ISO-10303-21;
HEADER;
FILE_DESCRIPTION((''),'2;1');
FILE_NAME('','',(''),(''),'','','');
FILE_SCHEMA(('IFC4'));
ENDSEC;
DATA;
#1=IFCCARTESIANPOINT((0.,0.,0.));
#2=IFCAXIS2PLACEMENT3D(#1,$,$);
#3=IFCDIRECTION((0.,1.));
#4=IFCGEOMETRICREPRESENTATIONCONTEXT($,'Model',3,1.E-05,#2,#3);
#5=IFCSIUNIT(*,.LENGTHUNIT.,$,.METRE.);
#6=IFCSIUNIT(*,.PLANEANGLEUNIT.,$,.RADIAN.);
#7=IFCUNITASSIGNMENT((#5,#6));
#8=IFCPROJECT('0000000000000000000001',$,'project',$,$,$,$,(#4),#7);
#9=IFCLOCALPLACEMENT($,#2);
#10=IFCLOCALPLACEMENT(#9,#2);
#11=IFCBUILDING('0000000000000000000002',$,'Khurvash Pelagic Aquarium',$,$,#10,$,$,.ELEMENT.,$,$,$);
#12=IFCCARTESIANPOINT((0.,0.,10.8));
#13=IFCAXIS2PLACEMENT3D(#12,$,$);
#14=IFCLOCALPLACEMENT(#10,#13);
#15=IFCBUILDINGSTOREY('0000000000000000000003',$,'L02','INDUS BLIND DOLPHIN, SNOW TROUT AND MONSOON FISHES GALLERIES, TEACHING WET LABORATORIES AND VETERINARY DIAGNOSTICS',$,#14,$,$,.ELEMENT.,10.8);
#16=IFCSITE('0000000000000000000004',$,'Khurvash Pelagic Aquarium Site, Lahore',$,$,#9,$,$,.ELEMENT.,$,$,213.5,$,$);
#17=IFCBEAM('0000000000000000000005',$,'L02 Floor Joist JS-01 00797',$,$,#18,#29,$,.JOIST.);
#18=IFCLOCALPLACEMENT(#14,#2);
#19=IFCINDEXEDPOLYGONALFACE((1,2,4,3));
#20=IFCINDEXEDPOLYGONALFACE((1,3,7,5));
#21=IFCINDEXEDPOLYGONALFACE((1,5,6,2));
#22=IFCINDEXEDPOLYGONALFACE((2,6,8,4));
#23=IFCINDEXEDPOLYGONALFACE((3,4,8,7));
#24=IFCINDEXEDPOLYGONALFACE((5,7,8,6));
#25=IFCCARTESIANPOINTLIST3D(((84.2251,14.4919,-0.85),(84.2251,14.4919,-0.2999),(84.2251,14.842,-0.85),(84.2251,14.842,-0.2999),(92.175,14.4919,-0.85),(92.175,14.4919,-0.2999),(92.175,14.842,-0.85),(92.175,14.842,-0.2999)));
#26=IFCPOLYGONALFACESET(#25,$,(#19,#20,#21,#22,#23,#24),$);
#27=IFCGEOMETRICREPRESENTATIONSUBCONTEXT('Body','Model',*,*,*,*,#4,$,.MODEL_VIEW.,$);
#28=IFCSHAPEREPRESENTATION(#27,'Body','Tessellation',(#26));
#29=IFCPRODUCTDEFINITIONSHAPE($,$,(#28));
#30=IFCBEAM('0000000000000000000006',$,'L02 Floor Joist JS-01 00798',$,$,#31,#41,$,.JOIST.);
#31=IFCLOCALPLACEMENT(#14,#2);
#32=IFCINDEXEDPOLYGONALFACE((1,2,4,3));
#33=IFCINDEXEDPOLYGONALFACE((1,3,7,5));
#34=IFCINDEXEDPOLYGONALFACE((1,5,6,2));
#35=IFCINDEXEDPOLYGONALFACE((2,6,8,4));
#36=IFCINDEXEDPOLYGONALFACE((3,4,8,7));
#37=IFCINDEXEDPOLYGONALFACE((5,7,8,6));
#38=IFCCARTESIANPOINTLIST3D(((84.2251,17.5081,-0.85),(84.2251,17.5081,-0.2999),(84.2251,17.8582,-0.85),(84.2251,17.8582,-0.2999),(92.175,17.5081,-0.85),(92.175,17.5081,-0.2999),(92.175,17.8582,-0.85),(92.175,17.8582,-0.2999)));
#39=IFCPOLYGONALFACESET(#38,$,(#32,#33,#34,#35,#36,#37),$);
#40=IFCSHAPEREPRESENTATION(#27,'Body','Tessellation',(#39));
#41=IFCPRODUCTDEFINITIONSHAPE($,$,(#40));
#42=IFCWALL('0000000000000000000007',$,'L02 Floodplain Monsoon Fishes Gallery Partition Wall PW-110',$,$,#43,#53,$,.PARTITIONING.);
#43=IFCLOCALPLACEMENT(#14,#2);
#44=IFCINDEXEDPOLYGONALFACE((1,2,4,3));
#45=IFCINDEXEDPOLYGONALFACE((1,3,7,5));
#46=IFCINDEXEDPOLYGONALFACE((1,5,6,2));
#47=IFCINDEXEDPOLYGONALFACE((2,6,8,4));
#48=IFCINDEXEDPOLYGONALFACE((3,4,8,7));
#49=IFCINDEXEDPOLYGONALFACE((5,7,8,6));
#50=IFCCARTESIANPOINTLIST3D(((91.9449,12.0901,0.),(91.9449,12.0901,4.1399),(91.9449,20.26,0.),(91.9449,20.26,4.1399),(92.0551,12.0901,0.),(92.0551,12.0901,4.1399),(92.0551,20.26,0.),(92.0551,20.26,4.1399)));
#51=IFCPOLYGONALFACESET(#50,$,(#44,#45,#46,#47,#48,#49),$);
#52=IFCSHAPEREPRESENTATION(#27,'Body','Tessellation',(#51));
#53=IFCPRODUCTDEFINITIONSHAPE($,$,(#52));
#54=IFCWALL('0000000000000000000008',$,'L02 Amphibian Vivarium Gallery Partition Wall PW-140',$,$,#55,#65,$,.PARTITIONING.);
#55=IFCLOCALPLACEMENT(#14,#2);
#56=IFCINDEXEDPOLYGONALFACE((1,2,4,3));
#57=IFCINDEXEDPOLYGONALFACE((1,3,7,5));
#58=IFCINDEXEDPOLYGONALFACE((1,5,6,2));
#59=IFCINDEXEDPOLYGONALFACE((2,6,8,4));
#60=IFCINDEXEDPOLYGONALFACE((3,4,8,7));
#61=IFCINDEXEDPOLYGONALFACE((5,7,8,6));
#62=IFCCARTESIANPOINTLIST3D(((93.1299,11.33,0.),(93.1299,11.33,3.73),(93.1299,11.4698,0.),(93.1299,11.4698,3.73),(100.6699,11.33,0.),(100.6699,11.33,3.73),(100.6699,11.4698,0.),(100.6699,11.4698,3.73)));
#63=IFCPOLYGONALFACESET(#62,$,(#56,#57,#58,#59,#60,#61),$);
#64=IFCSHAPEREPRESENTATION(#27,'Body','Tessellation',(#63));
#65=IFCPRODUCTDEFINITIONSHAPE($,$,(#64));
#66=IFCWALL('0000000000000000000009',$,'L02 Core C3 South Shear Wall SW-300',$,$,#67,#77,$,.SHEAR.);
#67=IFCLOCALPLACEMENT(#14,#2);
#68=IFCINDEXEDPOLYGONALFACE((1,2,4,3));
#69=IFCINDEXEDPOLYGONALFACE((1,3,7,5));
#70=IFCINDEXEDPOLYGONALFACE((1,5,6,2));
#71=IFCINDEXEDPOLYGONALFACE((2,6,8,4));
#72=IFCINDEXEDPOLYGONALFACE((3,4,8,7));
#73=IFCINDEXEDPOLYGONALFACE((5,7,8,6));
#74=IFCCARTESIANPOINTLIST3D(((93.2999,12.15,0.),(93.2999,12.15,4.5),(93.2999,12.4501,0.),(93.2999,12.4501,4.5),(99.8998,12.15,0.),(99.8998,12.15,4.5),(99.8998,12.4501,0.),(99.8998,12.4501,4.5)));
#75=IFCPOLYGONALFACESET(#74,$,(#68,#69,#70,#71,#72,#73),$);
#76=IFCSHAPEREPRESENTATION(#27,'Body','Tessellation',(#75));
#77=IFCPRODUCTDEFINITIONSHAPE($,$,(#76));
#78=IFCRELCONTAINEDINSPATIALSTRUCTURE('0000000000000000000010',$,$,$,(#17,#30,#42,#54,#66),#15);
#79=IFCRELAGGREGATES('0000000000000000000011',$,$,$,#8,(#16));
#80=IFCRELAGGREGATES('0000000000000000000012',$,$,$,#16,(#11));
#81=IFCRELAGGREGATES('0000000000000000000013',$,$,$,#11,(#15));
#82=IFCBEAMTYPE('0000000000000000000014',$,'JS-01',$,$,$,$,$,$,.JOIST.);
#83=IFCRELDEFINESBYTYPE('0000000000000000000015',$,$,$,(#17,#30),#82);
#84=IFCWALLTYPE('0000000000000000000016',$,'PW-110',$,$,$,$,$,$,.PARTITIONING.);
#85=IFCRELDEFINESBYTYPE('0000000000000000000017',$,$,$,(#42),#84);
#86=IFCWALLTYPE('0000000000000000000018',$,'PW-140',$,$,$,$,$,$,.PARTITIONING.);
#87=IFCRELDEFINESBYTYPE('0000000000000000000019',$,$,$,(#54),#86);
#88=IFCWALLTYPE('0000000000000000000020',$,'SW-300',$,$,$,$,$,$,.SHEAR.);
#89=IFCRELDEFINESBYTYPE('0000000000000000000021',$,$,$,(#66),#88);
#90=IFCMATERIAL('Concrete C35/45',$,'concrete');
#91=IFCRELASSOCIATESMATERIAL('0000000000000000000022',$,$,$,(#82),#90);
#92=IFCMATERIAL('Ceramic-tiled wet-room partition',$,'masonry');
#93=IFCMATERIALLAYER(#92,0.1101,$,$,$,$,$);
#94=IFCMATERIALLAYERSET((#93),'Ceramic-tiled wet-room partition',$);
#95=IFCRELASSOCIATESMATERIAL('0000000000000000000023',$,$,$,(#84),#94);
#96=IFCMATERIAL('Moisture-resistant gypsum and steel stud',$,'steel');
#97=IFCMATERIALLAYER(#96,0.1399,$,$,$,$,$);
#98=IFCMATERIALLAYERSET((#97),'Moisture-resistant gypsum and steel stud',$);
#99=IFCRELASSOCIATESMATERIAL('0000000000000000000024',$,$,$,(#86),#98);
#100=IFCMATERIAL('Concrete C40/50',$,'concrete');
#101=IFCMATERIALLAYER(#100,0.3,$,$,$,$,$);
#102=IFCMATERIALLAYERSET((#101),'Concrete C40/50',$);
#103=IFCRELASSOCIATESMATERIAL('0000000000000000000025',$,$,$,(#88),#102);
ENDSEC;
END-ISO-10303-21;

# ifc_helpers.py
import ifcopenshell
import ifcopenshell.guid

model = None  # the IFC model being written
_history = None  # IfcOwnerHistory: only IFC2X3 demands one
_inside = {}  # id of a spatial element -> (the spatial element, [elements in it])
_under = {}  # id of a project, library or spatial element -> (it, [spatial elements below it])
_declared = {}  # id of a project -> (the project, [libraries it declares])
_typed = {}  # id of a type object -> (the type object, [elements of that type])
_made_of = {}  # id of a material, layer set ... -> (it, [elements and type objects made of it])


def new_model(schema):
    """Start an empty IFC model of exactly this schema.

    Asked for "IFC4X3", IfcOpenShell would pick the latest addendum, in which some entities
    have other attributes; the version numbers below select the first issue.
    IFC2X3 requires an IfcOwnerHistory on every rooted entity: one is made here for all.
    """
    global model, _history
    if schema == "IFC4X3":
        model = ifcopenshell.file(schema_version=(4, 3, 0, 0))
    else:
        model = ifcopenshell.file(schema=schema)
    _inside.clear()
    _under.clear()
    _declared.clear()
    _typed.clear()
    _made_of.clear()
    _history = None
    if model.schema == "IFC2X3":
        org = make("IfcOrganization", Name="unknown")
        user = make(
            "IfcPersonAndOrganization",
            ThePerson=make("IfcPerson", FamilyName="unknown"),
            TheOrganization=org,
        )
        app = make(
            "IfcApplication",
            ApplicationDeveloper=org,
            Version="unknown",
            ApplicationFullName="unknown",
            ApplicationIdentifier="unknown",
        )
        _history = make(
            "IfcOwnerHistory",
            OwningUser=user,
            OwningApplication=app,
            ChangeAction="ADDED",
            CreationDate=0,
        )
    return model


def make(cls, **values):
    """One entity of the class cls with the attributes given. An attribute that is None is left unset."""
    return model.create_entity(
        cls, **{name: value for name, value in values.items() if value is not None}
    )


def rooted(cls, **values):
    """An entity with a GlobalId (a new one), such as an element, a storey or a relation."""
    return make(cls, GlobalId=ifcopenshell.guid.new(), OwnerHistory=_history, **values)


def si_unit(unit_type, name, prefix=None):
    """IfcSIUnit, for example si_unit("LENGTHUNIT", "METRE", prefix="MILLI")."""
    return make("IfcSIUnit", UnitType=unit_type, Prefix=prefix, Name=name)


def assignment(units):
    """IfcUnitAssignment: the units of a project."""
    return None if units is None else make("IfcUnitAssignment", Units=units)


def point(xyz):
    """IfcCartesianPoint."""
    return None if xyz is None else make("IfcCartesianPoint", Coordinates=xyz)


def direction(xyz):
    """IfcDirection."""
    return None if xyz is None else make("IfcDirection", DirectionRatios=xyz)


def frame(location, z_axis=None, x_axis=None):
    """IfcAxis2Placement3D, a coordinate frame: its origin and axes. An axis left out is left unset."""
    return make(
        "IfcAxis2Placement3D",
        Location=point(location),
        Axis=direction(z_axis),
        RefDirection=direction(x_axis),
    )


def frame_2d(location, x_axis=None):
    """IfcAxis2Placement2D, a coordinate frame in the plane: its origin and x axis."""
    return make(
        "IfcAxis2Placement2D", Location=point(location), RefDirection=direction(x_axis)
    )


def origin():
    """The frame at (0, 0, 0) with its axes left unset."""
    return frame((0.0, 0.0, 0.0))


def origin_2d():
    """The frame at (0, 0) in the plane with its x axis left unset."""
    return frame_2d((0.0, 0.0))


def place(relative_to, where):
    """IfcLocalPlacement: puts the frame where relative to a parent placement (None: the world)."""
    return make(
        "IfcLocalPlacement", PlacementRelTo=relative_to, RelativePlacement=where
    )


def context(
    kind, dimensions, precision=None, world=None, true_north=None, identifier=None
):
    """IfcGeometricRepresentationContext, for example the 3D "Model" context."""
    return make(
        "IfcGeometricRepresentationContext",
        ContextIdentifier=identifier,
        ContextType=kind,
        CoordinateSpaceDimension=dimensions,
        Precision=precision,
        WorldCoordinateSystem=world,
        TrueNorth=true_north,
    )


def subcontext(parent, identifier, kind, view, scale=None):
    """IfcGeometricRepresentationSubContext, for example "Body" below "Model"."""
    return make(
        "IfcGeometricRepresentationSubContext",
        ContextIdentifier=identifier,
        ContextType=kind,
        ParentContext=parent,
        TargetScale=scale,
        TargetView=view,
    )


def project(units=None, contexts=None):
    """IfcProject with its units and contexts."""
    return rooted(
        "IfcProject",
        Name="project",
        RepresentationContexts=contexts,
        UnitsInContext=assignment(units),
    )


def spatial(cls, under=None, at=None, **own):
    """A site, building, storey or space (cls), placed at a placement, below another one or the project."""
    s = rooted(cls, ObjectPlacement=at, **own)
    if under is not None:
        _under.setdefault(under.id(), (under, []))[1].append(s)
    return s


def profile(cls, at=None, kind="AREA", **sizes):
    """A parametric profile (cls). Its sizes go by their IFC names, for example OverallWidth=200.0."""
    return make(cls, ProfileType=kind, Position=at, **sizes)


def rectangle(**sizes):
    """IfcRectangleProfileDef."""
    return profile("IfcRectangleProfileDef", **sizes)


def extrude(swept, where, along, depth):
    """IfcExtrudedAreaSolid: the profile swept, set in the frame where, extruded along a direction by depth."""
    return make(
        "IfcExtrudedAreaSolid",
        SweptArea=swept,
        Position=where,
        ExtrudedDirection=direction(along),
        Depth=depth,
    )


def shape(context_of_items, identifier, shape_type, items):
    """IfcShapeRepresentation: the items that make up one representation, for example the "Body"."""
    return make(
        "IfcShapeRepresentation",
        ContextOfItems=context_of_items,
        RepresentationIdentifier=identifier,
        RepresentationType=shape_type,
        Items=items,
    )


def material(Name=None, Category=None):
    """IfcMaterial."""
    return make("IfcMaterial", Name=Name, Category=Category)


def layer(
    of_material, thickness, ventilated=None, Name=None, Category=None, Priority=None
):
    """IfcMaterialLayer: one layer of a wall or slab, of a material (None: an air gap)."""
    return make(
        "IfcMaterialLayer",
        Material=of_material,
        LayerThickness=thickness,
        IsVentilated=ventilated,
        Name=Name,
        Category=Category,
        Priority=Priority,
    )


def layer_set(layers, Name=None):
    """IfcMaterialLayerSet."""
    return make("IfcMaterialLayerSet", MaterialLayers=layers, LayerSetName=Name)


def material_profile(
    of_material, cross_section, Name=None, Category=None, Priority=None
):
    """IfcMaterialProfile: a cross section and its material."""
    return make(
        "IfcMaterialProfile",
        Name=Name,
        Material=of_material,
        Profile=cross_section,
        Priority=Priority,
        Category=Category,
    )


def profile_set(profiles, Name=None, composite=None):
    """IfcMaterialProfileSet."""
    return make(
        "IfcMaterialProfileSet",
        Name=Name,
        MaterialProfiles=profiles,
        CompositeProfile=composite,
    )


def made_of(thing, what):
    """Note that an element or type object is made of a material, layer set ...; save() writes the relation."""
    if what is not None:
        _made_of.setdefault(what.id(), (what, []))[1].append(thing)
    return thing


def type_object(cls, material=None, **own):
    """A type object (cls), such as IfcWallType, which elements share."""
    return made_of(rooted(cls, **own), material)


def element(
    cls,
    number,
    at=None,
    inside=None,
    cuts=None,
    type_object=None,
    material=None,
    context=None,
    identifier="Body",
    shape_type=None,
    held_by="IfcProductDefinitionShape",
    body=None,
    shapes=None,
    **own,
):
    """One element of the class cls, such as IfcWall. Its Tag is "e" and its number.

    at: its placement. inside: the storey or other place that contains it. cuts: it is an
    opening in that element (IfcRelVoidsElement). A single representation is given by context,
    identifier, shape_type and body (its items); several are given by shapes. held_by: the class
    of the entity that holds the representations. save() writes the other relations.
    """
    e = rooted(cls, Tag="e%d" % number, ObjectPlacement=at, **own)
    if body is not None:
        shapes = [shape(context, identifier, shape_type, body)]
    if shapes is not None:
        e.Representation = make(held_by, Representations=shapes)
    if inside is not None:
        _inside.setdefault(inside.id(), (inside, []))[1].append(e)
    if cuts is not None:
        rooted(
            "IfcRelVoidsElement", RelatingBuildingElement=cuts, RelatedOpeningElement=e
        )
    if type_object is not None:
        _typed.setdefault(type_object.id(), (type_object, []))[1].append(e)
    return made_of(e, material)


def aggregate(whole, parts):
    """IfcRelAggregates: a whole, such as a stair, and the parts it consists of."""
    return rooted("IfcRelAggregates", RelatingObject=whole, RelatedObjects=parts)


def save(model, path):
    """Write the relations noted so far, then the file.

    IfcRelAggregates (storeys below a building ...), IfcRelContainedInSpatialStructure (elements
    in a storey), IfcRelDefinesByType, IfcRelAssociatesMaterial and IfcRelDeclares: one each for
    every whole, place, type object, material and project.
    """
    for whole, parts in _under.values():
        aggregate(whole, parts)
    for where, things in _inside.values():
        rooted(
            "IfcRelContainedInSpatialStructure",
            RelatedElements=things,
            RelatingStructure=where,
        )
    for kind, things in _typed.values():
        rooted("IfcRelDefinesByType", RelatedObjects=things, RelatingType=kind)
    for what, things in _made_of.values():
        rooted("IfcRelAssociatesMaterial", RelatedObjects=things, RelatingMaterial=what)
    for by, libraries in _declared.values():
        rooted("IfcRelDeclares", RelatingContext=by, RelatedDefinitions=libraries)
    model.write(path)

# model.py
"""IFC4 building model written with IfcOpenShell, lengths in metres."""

from ifc_helpers import new_model, si_unit, direction, frame, frame_2d, origin, origin_2d, place, context, subcontext, project, spatial, rectangle, extrude, material, layer, layer_set, material_profile, profile_set, type_object, element, save


model = new_model("IFC4")

# Units and contexts
model_context = context("Model", 3, precision=1e-05, world=origin(), true_north=direction((0.0, 1.0)))
body_context = subcontext(model_context, "Body", "Model", "MODEL_VIEW")
ifc_project = project(units=[si_unit("LENGTHUNIT", "METRE"), si_unit("PLANEANGLEUNIT", "RADIAN")], contexts=[model_context])

# Site, building, storey
site_placement = place(None, origin())
site = spatial("IfcSite", under=ifc_project, at=site_placement, Name="Khurvash Pelagic Aquarium Site, Lahore", CompositionType="ELEMENT", RefElevation=213.5)
building_placement = place(site_placement, origin())
building = spatial("IfcBuilding", under=site, at=building_placement, Name="Khurvash Pelagic Aquarium", CompositionType="ELEMENT")
storey_placement = place(building_placement, frame((0.0, 0.0, 10.8)))
storey = spatial("IfcBuildingStorey", under=building, at=storey_placement, Name="L02", Description="INDUS BLIND DOLPHIN, SNOW TROUT AND MONSOON FISHES GALLERIES, TEACHING WET LABORATORIES AND VETERINARY DIAGNOSTICS", CompositionType="ELEMENT", Elevation=10.8)

# Shared definitions
ifc_material_1 = material(Name="Concrete C40/50", Category="concrete")

# Beams
ifc_material_2 = material(Name="Concrete C35/45", Category="concrete")
ifc_material_profile_1 = material_profile(ifc_material_2, rectangle(XDim=0.3501, YDim=0.55, at=origin_2d()), Name="RC350X550")
ifc_profile_set_1 = profile_set([ifc_material_profile_1], Name="Concrete C35/45")
beam_type_1 = type_object("IfcBeamType", Name="JS-01", PredefinedType="JOIST", material=ifc_profile_set_1)
for number, where, z_axis, x_axis, name in (
    (1, (84.2251, 14.667, -0.575), (1.0, 0.0, 0.0), (0.0, 1.0, 0.0), "L02 Floor Joist JS-01 00797"),
    (2, (84.2251, 17.6831, -0.575), (1.0, 0.0, 0.0), (0.0, 1.0, 0.0), "L02 Floor Joist JS-01 00798"),
):
    element("IfcBeam", number, at=place(storey_placement, frame(where, z_axis=z_axis, x_axis=x_axis)), inside=storey, type_object=beam_type_1, Name=name, PredefinedType="JOIST", context=body_context, shape_type="SweptSolid", body=[
        extrude(rectangle(XDim=0.3501, YDim=0.55, at=origin_2d()), origin(), (0.0, 0.0, 1.0), 7.95),
    ])

# Walls
ifc_material_3 = material(Name="Ceramic-tiled wet-room partition", Category="masonry")
ifc_layer_1 = layer(ifc_material_3, 0.1101)
ifc_layer_set_1 = layer_set([ifc_layer_1], Name="Ceramic-tiled wet-room partition")
wall_type_1 = type_object("IfcWallType", Name="PW-110", PredefinedType="PARTITIONING", material=ifc_layer_set_1)
wall_1_placement = place(storey_placement, frame((92.0, 12.0901, 0.0), z_axis=(0.0, 0.0, 1.0), x_axis=(0.0, 1.0, 0.0)))
element("IfcWall", 3, at=wall_1_placement, inside=storey, type_object=wall_type_1, Name="L02 Floodplain Monsoon Fishes Gallery Partition Wall PW-110", PredefinedType="PARTITIONING", context=body_context, shape_type="SweptSolid", body=[
    extrude(rectangle(XDim=8.1699, YDim=0.1101, at=frame_2d((4.085, 0.0))), origin(), (0.0, 0.0, 1.0), 4.1399),
])
ifc_material_4 = material(Name="Moisture-resistant gypsum and steel stud", Category="steel")
ifc_layer_2 = layer(ifc_material_4, 0.1399)
ifc_layer_set_2 = layer_set([ifc_layer_2], Name="Moisture-resistant gypsum and steel stud")
wall_type_2 = type_object("IfcWallType", Name="PW-140", PredefinedType="PARTITIONING", material=ifc_layer_set_2)
wall_2_placement = place(storey_placement, frame((93.1299, 11.3999, 0.0), z_axis=(0.0, 0.0, 1.0), x_axis=(1.0, 0.0, 0.0)))
element("IfcWall", 4, at=wall_2_placement, inside=storey, type_object=wall_type_2, Name="L02 Amphibian Vivarium Gallery Partition Wall PW-140", PredefinedType="PARTITIONING", context=body_context, shape_type="SweptSolid", body=[
    extrude(rectangle(XDim=7.54, YDim=0.1399, at=frame_2d((3.77, 0.0))), origin(), (0.0, 0.0, 1.0), 3.73),
])
ifc_layer_3 = layer(ifc_material_1, 0.3)
ifc_layer_set_3 = layer_set([ifc_layer_3], Name="Concrete C40/50")
wall_type_3 = type_object("IfcWallType", Name="SW-300", PredefinedType="SHEAR", material=ifc_layer_set_3)
wall_3_placement = place(storey_placement, frame((93.3, 12.3, 0.0), z_axis=(0.0, 0.0, 1.0), x_axis=(1.0, 0.0, 0.0)))
element("IfcWall", 5, at=wall_3_placement, inside=storey, type_object=wall_type_3, Name="L02 Core C3 South Shear Wall SW-300", PredefinedType="SHEAR", context=body_context, shape_type="SweptSolid", body=[
    extrude(rectangle(XDim=6.5999, YDim=0.3, at=frame_2d((3.2998, 0.0))), origin(), (0.0, 0.0, 1.0), 4.5),
])

save(model, "model.ifc")
